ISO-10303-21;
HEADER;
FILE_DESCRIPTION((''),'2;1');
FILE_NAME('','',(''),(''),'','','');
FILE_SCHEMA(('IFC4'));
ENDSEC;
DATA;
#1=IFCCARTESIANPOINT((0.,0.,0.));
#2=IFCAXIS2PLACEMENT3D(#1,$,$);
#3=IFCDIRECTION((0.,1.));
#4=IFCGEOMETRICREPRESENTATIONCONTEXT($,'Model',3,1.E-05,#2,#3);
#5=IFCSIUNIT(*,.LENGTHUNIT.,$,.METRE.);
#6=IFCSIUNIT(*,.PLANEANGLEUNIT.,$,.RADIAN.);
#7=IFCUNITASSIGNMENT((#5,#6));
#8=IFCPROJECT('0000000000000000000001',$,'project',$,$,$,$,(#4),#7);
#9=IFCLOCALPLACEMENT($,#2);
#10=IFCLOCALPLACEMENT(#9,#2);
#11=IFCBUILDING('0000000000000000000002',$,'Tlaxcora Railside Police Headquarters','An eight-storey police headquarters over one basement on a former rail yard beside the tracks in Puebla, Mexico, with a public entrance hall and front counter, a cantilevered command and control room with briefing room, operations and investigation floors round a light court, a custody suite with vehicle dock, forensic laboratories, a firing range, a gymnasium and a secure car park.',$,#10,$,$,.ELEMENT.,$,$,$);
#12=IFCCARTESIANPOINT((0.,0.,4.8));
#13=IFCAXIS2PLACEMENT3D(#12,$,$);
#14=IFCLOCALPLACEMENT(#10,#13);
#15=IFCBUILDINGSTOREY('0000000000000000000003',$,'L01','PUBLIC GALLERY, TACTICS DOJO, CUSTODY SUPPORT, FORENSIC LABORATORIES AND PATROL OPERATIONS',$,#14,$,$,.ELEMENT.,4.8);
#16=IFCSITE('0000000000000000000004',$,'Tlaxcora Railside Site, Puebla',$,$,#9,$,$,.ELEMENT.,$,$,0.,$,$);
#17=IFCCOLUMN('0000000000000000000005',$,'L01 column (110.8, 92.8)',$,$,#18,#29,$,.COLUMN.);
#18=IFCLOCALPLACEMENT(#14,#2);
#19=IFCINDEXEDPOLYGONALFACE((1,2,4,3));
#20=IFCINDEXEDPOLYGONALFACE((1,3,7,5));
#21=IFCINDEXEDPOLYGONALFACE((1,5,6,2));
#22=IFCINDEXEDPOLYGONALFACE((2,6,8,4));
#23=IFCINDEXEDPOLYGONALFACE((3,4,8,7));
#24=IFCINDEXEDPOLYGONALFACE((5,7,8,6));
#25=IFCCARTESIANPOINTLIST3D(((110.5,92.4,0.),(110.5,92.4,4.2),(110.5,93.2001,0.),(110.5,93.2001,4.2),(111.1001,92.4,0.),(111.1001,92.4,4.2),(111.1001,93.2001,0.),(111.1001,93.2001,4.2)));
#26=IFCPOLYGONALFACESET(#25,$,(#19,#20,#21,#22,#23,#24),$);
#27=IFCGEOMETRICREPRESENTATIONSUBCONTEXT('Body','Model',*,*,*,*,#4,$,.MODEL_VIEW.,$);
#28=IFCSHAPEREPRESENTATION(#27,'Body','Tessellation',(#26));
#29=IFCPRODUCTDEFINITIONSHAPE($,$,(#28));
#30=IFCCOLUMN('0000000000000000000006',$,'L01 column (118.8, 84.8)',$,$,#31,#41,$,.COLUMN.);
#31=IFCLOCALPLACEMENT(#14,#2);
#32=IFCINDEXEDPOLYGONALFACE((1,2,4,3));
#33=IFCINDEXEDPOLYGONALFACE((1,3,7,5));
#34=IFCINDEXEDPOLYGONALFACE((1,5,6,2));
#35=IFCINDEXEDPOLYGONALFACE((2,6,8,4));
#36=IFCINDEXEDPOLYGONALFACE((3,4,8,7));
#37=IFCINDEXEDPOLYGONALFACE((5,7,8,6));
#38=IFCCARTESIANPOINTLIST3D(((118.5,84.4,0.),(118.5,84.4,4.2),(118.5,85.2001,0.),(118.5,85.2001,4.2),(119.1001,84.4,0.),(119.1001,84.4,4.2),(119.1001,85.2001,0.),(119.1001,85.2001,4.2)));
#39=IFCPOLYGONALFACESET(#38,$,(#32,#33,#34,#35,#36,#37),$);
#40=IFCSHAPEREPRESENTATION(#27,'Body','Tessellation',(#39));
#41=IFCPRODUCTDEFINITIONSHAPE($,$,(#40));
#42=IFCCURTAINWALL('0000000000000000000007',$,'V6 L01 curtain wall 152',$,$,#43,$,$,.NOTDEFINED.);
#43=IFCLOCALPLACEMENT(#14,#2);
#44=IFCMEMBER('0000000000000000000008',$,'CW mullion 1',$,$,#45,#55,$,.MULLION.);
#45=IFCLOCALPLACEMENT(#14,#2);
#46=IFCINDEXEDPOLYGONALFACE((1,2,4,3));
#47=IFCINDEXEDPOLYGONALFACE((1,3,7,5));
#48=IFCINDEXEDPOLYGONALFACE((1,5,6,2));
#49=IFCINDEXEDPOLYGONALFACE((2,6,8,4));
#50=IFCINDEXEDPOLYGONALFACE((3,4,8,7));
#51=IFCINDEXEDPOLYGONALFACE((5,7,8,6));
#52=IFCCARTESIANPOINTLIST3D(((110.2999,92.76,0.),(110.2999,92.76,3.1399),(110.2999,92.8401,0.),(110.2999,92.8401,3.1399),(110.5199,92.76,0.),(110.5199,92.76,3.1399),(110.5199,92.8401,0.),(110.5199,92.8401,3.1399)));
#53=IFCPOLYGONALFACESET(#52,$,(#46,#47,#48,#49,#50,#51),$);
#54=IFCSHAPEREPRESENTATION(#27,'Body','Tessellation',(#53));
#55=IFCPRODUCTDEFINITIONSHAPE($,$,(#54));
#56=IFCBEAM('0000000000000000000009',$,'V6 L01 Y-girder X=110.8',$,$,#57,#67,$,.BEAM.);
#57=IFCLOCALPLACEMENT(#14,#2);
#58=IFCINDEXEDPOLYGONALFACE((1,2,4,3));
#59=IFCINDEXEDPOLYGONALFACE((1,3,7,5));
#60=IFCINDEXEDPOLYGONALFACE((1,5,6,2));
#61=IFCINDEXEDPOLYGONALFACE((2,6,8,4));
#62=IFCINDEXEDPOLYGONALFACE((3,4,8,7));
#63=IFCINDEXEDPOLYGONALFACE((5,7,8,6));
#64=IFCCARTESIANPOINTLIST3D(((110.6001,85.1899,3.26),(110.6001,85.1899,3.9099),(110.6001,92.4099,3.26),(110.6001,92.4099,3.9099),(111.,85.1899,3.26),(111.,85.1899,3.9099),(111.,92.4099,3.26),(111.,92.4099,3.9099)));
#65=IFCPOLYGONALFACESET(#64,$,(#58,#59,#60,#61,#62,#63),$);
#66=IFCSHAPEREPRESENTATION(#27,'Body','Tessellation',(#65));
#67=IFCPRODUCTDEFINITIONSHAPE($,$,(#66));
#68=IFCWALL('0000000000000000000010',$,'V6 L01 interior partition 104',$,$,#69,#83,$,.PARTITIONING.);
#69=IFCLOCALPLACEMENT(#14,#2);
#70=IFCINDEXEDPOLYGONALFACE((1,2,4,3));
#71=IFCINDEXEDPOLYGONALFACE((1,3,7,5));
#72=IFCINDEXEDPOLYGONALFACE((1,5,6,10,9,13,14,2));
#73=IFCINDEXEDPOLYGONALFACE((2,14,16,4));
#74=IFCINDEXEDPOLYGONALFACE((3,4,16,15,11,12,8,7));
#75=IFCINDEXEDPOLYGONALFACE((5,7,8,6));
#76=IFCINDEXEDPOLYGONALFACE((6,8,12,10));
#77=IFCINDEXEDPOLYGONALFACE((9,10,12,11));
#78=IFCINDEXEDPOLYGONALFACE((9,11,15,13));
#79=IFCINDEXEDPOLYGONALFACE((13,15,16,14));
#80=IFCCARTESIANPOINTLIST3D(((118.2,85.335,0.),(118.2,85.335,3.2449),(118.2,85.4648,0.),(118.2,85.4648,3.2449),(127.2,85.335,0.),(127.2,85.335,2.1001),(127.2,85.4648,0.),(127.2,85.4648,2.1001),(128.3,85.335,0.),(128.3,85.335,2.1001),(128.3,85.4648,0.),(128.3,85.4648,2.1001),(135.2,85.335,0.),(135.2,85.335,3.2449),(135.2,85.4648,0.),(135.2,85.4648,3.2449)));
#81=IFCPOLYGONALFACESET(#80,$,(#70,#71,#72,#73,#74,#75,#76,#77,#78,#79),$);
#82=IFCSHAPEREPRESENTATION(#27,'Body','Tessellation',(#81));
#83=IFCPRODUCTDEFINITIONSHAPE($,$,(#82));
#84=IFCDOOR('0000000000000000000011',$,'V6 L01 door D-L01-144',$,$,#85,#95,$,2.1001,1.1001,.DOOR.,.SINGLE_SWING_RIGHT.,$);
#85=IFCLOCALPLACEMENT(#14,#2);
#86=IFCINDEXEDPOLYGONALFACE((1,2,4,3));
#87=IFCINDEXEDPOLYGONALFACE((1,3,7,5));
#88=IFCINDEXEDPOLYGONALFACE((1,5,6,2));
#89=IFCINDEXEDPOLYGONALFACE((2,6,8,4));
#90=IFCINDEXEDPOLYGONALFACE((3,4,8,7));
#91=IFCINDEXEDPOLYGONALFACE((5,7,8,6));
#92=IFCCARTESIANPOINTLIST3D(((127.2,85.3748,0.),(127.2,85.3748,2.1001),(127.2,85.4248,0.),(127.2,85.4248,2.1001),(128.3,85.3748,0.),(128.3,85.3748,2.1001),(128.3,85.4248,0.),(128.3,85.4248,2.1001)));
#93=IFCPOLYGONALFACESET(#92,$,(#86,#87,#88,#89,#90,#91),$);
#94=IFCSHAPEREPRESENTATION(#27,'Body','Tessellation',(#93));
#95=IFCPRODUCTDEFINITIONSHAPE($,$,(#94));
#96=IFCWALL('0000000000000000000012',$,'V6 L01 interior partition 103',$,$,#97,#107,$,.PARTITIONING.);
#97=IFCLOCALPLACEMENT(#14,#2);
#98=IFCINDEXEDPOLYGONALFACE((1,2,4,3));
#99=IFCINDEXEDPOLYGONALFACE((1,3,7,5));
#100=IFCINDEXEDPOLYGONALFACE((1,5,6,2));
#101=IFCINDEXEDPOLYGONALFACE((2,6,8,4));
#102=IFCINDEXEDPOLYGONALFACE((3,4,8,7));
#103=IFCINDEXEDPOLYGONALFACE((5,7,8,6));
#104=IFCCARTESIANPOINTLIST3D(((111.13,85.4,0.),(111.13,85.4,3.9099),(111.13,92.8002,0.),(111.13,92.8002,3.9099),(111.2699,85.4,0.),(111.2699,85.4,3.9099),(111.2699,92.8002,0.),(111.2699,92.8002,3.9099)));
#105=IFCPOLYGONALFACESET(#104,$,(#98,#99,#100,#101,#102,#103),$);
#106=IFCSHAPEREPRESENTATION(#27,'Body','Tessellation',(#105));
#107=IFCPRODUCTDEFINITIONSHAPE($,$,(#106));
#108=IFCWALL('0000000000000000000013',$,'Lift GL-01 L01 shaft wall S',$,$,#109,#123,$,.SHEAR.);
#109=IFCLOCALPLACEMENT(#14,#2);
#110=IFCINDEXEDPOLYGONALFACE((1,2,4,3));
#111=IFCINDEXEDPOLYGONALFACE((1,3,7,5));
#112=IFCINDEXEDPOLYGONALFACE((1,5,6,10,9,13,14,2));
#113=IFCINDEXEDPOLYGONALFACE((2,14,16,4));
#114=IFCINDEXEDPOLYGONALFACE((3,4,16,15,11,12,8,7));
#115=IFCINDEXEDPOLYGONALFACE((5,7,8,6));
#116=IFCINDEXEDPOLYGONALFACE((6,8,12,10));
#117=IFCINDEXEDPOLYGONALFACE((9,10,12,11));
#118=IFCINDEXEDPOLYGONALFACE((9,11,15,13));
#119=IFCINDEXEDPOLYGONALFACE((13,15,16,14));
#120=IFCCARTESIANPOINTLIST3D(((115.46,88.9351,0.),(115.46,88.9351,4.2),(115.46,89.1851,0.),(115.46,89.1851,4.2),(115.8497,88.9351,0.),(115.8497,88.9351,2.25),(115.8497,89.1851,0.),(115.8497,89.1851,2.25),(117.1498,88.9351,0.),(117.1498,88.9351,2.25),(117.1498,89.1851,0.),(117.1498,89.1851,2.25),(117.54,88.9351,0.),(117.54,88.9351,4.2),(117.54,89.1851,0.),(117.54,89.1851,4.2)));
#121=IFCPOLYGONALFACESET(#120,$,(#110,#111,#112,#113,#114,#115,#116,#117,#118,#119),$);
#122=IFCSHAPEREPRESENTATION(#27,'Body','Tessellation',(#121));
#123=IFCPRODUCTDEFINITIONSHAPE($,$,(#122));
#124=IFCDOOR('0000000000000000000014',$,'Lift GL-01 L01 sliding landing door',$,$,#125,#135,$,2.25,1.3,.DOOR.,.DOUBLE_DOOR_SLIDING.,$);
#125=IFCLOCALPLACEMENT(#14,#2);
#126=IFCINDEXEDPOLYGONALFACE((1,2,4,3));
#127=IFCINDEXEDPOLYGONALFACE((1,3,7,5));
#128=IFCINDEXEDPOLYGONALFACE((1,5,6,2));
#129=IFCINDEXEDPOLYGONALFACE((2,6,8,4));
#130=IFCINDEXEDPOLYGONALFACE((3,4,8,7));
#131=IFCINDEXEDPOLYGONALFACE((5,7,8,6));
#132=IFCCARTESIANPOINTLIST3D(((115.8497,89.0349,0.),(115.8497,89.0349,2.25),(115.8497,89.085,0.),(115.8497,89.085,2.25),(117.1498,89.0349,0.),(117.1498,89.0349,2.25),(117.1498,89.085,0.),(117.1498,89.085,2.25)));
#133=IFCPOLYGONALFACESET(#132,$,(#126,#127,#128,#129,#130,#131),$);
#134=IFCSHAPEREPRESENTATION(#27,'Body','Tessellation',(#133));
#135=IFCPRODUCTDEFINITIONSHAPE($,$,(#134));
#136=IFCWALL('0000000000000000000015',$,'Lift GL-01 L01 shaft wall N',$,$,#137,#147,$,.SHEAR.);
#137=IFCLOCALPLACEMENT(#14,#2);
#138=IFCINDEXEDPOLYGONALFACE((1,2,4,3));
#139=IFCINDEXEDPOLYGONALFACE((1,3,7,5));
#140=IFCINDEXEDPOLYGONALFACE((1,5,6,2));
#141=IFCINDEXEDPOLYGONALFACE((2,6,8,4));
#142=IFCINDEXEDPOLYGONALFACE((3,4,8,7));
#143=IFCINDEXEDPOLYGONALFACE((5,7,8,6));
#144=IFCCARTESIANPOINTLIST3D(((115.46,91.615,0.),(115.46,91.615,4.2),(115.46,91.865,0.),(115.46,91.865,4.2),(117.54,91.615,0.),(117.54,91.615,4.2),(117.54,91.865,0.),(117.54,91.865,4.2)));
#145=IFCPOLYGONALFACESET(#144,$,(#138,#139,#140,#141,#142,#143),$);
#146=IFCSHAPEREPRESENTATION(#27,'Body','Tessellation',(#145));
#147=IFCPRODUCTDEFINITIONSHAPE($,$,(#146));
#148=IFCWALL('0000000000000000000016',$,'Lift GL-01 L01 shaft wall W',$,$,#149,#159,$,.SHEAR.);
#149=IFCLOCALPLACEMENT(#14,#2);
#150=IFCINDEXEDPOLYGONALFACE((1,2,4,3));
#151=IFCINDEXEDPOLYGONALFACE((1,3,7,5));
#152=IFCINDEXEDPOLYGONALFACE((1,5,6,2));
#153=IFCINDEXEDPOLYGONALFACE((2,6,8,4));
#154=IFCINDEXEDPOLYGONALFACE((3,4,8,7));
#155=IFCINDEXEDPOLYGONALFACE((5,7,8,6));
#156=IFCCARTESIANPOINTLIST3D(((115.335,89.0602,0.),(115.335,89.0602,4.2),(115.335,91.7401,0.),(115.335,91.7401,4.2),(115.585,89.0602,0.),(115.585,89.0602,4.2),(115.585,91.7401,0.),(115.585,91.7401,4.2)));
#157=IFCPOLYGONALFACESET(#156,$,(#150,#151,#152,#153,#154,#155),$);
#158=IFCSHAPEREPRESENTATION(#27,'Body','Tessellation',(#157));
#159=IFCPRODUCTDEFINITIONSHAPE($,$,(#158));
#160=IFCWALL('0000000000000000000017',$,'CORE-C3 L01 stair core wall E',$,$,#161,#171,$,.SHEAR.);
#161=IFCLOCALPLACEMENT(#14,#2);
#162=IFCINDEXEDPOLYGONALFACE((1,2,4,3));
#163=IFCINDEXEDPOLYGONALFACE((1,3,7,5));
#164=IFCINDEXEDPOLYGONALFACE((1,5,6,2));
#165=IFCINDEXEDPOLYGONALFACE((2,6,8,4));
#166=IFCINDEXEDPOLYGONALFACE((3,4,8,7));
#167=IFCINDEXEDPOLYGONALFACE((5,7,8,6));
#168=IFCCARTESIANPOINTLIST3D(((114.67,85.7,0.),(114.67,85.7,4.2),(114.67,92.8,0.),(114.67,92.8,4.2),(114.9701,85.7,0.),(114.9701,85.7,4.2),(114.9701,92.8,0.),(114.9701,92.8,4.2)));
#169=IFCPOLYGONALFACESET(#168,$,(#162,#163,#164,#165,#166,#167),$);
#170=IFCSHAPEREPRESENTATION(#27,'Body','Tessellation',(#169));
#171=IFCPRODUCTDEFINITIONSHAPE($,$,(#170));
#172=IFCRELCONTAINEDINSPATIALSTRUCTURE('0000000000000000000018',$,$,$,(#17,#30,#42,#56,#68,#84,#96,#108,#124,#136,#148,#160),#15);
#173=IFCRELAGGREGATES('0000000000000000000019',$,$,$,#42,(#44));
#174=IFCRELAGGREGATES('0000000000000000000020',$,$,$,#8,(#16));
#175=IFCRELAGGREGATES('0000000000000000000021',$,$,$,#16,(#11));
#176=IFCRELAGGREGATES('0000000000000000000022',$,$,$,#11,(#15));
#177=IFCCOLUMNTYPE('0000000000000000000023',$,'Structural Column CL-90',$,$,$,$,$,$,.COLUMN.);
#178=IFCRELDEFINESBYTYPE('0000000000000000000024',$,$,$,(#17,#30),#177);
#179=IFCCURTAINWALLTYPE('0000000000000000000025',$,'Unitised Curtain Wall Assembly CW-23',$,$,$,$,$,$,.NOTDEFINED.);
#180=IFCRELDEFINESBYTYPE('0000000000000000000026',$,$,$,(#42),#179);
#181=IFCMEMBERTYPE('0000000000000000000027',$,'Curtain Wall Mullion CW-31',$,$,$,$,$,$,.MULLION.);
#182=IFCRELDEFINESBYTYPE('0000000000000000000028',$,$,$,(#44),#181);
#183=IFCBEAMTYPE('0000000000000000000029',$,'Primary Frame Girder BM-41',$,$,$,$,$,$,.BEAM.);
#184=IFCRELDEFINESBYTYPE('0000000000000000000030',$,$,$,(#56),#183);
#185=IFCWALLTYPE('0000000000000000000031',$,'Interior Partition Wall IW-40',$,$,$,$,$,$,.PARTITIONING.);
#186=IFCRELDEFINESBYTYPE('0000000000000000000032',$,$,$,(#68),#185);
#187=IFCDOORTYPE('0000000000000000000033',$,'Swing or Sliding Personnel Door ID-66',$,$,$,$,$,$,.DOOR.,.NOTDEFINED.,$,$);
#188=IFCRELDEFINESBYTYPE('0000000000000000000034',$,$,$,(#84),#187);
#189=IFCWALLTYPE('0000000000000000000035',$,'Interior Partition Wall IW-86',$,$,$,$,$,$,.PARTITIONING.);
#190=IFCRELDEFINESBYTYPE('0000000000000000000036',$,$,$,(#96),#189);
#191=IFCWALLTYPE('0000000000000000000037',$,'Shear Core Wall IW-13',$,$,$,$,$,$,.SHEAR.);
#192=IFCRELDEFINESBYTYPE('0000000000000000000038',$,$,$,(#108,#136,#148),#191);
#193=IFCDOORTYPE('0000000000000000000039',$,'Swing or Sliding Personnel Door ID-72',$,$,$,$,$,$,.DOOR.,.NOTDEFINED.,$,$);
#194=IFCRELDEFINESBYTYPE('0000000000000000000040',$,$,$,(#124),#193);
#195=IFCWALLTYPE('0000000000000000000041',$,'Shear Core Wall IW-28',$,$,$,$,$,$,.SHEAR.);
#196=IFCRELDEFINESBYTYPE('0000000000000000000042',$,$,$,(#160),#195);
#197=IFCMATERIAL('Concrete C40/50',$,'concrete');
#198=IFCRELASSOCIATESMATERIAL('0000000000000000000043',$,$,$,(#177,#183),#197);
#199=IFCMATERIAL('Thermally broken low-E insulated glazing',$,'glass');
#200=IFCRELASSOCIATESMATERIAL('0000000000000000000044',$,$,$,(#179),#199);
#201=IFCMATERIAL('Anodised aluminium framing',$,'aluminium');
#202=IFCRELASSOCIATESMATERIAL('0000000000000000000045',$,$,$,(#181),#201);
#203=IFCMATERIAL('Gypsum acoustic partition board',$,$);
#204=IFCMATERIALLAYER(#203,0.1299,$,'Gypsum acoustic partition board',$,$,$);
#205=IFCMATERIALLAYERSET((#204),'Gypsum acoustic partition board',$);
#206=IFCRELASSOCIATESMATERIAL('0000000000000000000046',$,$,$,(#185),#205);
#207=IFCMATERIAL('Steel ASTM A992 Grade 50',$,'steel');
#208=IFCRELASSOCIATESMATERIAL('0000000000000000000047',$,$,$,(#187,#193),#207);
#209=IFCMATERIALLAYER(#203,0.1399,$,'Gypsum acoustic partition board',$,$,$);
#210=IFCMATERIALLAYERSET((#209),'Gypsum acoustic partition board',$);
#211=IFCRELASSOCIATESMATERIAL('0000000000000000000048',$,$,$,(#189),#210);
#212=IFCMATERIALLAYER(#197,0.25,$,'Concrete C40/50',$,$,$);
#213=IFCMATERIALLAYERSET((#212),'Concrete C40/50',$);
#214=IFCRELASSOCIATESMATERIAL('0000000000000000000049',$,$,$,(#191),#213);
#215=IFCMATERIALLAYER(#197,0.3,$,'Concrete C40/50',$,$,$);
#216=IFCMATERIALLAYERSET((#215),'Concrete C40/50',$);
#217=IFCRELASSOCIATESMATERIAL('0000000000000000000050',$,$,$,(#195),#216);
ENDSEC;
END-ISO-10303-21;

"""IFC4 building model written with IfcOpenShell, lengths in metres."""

from ifc_helpers import new_model, si_unit, direction, frame, frame_2d, origin, origin_2d, place, context, subcontext, project, spatial, rectangle, extrude, material, layer, layer_set, material_profile, profile_set, type_object, element, fill, aggregate, save


model = new_model("IFC4")

# Units and contexts
model_context = context("Model", 3, precision=1e-05, world=origin(), true_north=direction((0.0, 1.0)))
body_context = subcontext(model_context, "Body", "Model", "MODEL_VIEW")
ifc_project = project(units=[si_unit("LENGTHUNIT", "METRE"), si_unit("PLANEANGLEUNIT", "RADIAN")], contexts=[model_context])

# Site, building, storey
site_placement = place(None, origin())
site = spatial("IfcSite", under=ifc_project, at=site_placement, Name="Tlaxcora Railside Site, Puebla", CompositionType="ELEMENT", RefElevation=0.0)
building_placement = place(site_placement, origin())
building = spatial("IfcBuilding", under=site, at=building_placement, Name="Tlaxcora Railside Police Headquarters", Description="An eight-storey police headquarters over one basement on a former rail yard beside the tracks in Puebla, Mexico, with a public entrance hall and front counter, a cantilevered command and control room with briefing room, operations and investigation floors round a light court, a custody suite with vehicle dock, forensic laboratories, a firing range, a gymnasium and a secure car park.", CompositionType="ELEMENT")
storey_placement = place(building_placement, frame((0.0, 0.0, 4.8)))
storey = spatial("IfcBuildingStorey", under=building, at=storey_placement, Name="L01", Description="PUBLIC GALLERY, TACTICS DOJO, CUSTODY SUPPORT, FORENSIC LABORATORIES AND PATROL OPERATIONS", CompositionType="ELEMENT", Elevation=4.8)

# Columns
ifc_material_1 = material(Name="Concrete C40/50", Category="concrete")
ifc_material_profile_1 = material_profile(ifc_material_1, rectangle(XDim=0.6001, YDim=0.8, at=origin_2d()), Name="RC600X800")
ifc_profile_set_1 = profile_set([ifc_material_profile_1], Name="Concrete C40/50")
column_type = type_object("IfcColumnType", Name="Structural Column CL-90", PredefinedType="COLUMN", material=ifc_profile_set_1)
for number, where, z_axis, x_axis, name in (
    (1, (110.8, 92.8, 0.0), (0.0, 0.0, 1.0), (1.0, 0.0, 0.0), "L01 column (110.8, 92.8)"),
    (2, (118.8, 84.8, 0.0), (0.0, 0.0, 1.0), (1.0, 0.0, 0.0), "L01 column (118.8, 84.8)"),
):
    element("IfcColumn", number, at=place(storey_placement, frame(where, z_axis=z_axis, x_axis=x_axis)), inside=storey, type_object=column_type, Name=name, PredefinedType="COLUMN", context=body_context, shape_type="SweptSolid", body=[
        extrude(rectangle(XDim=0.6001, YDim=0.8, at=origin_2d()), origin(), (0.0, 0.0, 1.0), 4.2),
    ])

# Curtain wall, member
ifc_material_2 = material(Name="Thermally broken low-E insulated glazing", Category="glass")
curtain_wall_type = type_object("IfcCurtainWallType", Name="Unitised Curtain Wall Assembly CW-23", PredefinedType="NOTDEFINED", material=ifc_material_2)
curtain_wall_placement = place(storey_placement, origin())
curtain_wall = element("IfcCurtainWall", 3, at=curtain_wall_placement, inside=storey, type_object=curtain_wall_type, Name="V6 L01 curtain wall 152", PredefinedType="NOTDEFINED")
ifc_material_3 = material(Name="Anodised aluminium framing", Category="aluminium")
ifc_material_profile_2 = material_profile(ifc_material_3, rectangle(XDim=0.0801, YDim=0.22, at=origin_2d()), Name="AL80X220")
ifc_profile_set_2 = profile_set([ifc_material_profile_2], Name="Anodised aluminium framing")
member_type = type_object("IfcMemberType", Name="Curtain Wall Mullion CW-31", PredefinedType="MULLION", material=ifc_profile_set_2)
member_placement = place(storey_placement, frame((110.4099, 92.8, 0.0), z_axis=(0.0, 0.0, 1.0), x_axis=(0.0, -1.0, 0.0)))
member = element("IfcMember", 4, at=member_placement, type_object=member_type, Name="CW mullion 1", PredefinedType="MULLION", context=body_context, shape_type="SweptSolid", body=[
    extrude(rectangle(XDim=0.0801, YDim=0.22, at=origin_2d()), origin(), (0.0, 0.0, 1.0), 3.1399),
])
aggregate(curtain_wall, [member])

# Beam
ifc_material_profile_3 = material_profile(ifc_material_1, rectangle(XDim=0.3999, YDim=0.6499, at=origin_2d()), Name="RC400X650")
ifc_profile_set_3 = profile_set([ifc_material_profile_3], Name="Concrete C40/50")
beam_type = type_object("IfcBeamType", Name="Primary Frame Girder BM-41", PredefinedType="BEAM", material=ifc_profile_set_3)
beam_placement = place(storey_placement, frame((110.8, 85.1899, 3.585), z_axis=(0.0, 1.0, 0.0), x_axis=(-1.0, 0.0, 0.0)))
element("IfcBeam", 5, at=beam_placement, inside=storey, type_object=beam_type, Name="V6 L01 Y-girder X=110.8", PredefinedType="BEAM", context=body_context, shape_type="SweptSolid", body=[
    extrude(rectangle(XDim=0.3999, YDim=0.6499, at=origin_2d()), origin(), (0.0, 0.0, 1.0), 7.22),
])

# Wall, opening, door
ifc_material_4 = material(Name="Gypsum acoustic partition board")
ifc_layer_1 = layer(ifc_material_4, 0.1299, Name="Gypsum acoustic partition board")
ifc_layer_set_1 = layer_set([ifc_layer_1], Name="Gypsum acoustic partition board")
wall_type_1 = type_object("IfcWallType", Name="Interior Partition Wall IW-40", PredefinedType="PARTITIONING", material=ifc_layer_set_1)
wall_1_placement = place(storey_placement, frame((118.2, 85.3999, 0.0), z_axis=(0.0, 0.0, 1.0), x_axis=(1.0, 0.0, 0.0)))
wall_1 = element("IfcWall", 6, at=wall_1_placement, inside=storey, type_object=wall_type_1, Name="V6 L01 interior partition 104", PredefinedType="PARTITIONING", context=body_context, shape_type="SweptSolid", body=[
    extrude(rectangle(XDim=17.0, YDim=0.1299, at=frame_2d((8.5, 0.0))), origin(), (0.0, 0.0, 1.0), 3.2449),
])
opening_1_placement = place(wall_1_placement, frame((9.0, 0.0, 0.0)))
opening_1 = element("IfcOpeningElement", 7, at=opening_1_placement, cuts=wall_1, PredefinedType="OPENING", context=body_context, shape_type="SweptSolid", body=[
    extrude(rectangle(XDim=1.1001, YDim=2.1001, at=frame_2d((0.55, 1.05))), frame((0.0, 0.075, 0.0), z_axis=(0.0, -1.0, 0.0), x_axis=(1.0, 0.0, 0.0)), (0.0, 0.0, 1.0), 0.1499),
])
ifc_material_5 = material(Name="Steel ASTM A992 Grade 50", Category="steel")
door_type_1 = type_object("IfcDoorType", Name="Swing or Sliding Personnel Door ID-66", OperationType="NOTDEFINED", PredefinedType="DOOR", material=ifc_material_5)
door_1_placement = place(opening_1_placement, origin())
door_1 = element("IfcDoor", 8, at=door_1_placement, inside=storey, type_object=door_type_1, Name="V6 L01 door D-L01-144", OperationType="SINGLE_SWING_RIGHT", OverallHeight=2.1001, OverallWidth=1.1001, PredefinedType="DOOR", context=body_context, shape_type="SweptSolid", body=[
    extrude(rectangle(XDim=1.1001, YDim=2.1001, at=frame_2d((0.55, 1.05))), frame((0.0, 0.0249, 0.0), z_axis=(0.0, -1.0, 0.0), x_axis=(1.0, 0.0, 0.0)), (0.0, 0.0, 1.0), 0.05),
])
fill(opening_1, door_1)

# Wall
ifc_layer_2 = layer(ifc_material_4, 0.1399, Name="Gypsum acoustic partition board")
ifc_layer_set_2 = layer_set([ifc_layer_2], Name="Gypsum acoustic partition board")
wall_type_2 = type_object("IfcWallType", Name="Interior Partition Wall IW-86", PredefinedType="PARTITIONING", material=ifc_layer_set_2)
wall_2_placement = place(storey_placement, frame((111.2, 85.3999, 0.0), z_axis=(0.0, 0.0, 1.0), x_axis=(0.0, 1.0, 0.0)))
element("IfcWall", 9, at=wall_2_placement, inside=storey, type_object=wall_type_2, Name="V6 L01 interior partition 103", PredefinedType="PARTITIONING", context=body_context, shape_type="SweptSolid", body=[
    extrude(rectangle(XDim=7.4001, YDim=0.1399, at=frame_2d((3.7002, 0.0))), origin(), (0.0, 0.0, 1.0), 3.9099),
])

# Wall, opening, door
ifc_layer_3 = layer(ifc_material_1, 0.25, Name="Concrete C40/50")
ifc_layer_set_3 = layer_set([ifc_layer_3], Name="Concrete C40/50")
wall_type_3 = type_object("IfcWallType", Name="Shear Core Wall IW-13", PredefinedType="SHEAR", material=ifc_layer_set_3)
wall_3_placement = place(storey_placement, frame((115.46, 89.0601, 0.0), z_axis=(0.0, 0.0, 1.0), x_axis=(1.0, 0.0, 0.0)))
wall_3 = element("IfcWall", 10, at=wall_3_placement, inside=storey, type_object=wall_type_3, Name="Lift GL-01 L01 shaft wall S", PredefinedType="SHEAR", context=body_context, shape_type="SweptSolid", body=[
    extrude(rectangle(XDim=2.0801, YDim=0.25, at=frame_2d((1.04, 0.0))), origin(), (0.0, 0.0, 1.0), 4.2),
])
opening_2_placement = place(wall_3_placement, frame((0.3899, 0.0, 0.0)))
opening_2 = element("IfcOpeningElement", 11, at=opening_2_placement, cuts=wall_3, PredefinedType="OPENING", context=body_context, shape_type="SweptSolid", body=[
    extrude(rectangle(XDim=1.3, YDim=2.25, at=frame_2d((0.6499, 1.125))), frame((0.0, 0.135, 0.0), z_axis=(0.0, -1.0, 0.0), x_axis=(1.0, 0.0, 0.0)), (0.0, 0.0, 1.0), 0.27),
])
door_type_2 = type_object("IfcDoorType", Name="Swing or Sliding Personnel Door ID-72", OperationType="NOTDEFINED", PredefinedType="DOOR", material=ifc_material_5)
door_2_placement = place(opening_2_placement, origin())
door_2 = element("IfcDoor", 12, at=door_2_placement, inside=storey, type_object=door_type_2, Name="Lift GL-01 L01 sliding landing door", OperationType="DOUBLE_DOOR_SLIDING", OverallHeight=2.25, OverallWidth=1.3, PredefinedType="DOOR", context=body_context, shape_type="SweptSolid", body=[
    extrude(rectangle(XDim=1.3, YDim=2.25, at=frame_2d((0.6499, 1.125))), frame((0.0, 0.0249, 0.0), z_axis=(0.0, -1.0, 0.0), x_axis=(1.0, 0.0, 0.0)), (0.0, 0.0, 1.0), 0.05),
])
fill(opening_2, door_2)

# Walls
wall_4_placement = place(storey_placement, frame((117.54, 91.74, 0.0), z_axis=(0.0, 0.0, 1.0), x_axis=(-1.0, 0.0, 0.0)))
element("IfcWall", 13, at=wall_4_placement, inside=storey, type_object=wall_type_3, Name="Lift GL-01 L01 shaft wall N", PredefinedType="SHEAR", context=body_context, shape_type="SweptSolid", body=[
    extrude(rectangle(XDim=2.0801, YDim=0.25, at=frame_2d((1.04, 0.0))), origin(), (0.0, 0.0, 1.0), 4.2),
])
wall_5_placement = place(storey_placement, frame((115.46, 91.74, 0.0), z_axis=(0.0, 0.0, 1.0), x_axis=(0.0, -1.0, 0.0)))
element("IfcWall", 14, at=wall_5_placement, inside=storey, type_object=wall_type_3, Name="Lift GL-01 L01 shaft wall W", PredefinedType="SHEAR", context=body_context, shape_type="SweptSolid", body=[
    extrude(rectangle(XDim=2.6799, YDim=0.25, at=frame_2d((1.3398, 0.0))), origin(), (0.0, 0.0, 1.0), 4.2),
])

# Shared definitions
ifc_layer_4 = layer(ifc_material_1, 0.3, Name="Concrete C40/50")
ifc_layer_set_4 = layer_set([ifc_layer_4], Name="Concrete C40/50")
wall_type_4 = type_object("IfcWallType", Name="Shear Core Wall IW-28", PredefinedType="SHEAR", material=ifc_layer_set_4)

# Wall
for number, where, z_axis, x_axis, name in (
    (15, (114.8201, 85.7, 0.0), (0.0, 0.0, 1.0), (0.0, 1.0, 0.0), "CORE-C3 L01 stair core wall E"),
):
    element("IfcWall", number, at=place(storey_placement, frame(where, z_axis=z_axis, x_axis=x_axis)), inside=storey, type_object=wall_type_4, Name=name, PredefinedType="SHEAR", context=body_context, shape_type="SweptSolid", body=[
        extrude(rectangle(XDim=7.1001, YDim=0.3, at=frame_2d((3.55, 0.0))), origin(), (0.0, 0.0, 1.0), 4.2),
    ])

save(model, "model.ifc")
